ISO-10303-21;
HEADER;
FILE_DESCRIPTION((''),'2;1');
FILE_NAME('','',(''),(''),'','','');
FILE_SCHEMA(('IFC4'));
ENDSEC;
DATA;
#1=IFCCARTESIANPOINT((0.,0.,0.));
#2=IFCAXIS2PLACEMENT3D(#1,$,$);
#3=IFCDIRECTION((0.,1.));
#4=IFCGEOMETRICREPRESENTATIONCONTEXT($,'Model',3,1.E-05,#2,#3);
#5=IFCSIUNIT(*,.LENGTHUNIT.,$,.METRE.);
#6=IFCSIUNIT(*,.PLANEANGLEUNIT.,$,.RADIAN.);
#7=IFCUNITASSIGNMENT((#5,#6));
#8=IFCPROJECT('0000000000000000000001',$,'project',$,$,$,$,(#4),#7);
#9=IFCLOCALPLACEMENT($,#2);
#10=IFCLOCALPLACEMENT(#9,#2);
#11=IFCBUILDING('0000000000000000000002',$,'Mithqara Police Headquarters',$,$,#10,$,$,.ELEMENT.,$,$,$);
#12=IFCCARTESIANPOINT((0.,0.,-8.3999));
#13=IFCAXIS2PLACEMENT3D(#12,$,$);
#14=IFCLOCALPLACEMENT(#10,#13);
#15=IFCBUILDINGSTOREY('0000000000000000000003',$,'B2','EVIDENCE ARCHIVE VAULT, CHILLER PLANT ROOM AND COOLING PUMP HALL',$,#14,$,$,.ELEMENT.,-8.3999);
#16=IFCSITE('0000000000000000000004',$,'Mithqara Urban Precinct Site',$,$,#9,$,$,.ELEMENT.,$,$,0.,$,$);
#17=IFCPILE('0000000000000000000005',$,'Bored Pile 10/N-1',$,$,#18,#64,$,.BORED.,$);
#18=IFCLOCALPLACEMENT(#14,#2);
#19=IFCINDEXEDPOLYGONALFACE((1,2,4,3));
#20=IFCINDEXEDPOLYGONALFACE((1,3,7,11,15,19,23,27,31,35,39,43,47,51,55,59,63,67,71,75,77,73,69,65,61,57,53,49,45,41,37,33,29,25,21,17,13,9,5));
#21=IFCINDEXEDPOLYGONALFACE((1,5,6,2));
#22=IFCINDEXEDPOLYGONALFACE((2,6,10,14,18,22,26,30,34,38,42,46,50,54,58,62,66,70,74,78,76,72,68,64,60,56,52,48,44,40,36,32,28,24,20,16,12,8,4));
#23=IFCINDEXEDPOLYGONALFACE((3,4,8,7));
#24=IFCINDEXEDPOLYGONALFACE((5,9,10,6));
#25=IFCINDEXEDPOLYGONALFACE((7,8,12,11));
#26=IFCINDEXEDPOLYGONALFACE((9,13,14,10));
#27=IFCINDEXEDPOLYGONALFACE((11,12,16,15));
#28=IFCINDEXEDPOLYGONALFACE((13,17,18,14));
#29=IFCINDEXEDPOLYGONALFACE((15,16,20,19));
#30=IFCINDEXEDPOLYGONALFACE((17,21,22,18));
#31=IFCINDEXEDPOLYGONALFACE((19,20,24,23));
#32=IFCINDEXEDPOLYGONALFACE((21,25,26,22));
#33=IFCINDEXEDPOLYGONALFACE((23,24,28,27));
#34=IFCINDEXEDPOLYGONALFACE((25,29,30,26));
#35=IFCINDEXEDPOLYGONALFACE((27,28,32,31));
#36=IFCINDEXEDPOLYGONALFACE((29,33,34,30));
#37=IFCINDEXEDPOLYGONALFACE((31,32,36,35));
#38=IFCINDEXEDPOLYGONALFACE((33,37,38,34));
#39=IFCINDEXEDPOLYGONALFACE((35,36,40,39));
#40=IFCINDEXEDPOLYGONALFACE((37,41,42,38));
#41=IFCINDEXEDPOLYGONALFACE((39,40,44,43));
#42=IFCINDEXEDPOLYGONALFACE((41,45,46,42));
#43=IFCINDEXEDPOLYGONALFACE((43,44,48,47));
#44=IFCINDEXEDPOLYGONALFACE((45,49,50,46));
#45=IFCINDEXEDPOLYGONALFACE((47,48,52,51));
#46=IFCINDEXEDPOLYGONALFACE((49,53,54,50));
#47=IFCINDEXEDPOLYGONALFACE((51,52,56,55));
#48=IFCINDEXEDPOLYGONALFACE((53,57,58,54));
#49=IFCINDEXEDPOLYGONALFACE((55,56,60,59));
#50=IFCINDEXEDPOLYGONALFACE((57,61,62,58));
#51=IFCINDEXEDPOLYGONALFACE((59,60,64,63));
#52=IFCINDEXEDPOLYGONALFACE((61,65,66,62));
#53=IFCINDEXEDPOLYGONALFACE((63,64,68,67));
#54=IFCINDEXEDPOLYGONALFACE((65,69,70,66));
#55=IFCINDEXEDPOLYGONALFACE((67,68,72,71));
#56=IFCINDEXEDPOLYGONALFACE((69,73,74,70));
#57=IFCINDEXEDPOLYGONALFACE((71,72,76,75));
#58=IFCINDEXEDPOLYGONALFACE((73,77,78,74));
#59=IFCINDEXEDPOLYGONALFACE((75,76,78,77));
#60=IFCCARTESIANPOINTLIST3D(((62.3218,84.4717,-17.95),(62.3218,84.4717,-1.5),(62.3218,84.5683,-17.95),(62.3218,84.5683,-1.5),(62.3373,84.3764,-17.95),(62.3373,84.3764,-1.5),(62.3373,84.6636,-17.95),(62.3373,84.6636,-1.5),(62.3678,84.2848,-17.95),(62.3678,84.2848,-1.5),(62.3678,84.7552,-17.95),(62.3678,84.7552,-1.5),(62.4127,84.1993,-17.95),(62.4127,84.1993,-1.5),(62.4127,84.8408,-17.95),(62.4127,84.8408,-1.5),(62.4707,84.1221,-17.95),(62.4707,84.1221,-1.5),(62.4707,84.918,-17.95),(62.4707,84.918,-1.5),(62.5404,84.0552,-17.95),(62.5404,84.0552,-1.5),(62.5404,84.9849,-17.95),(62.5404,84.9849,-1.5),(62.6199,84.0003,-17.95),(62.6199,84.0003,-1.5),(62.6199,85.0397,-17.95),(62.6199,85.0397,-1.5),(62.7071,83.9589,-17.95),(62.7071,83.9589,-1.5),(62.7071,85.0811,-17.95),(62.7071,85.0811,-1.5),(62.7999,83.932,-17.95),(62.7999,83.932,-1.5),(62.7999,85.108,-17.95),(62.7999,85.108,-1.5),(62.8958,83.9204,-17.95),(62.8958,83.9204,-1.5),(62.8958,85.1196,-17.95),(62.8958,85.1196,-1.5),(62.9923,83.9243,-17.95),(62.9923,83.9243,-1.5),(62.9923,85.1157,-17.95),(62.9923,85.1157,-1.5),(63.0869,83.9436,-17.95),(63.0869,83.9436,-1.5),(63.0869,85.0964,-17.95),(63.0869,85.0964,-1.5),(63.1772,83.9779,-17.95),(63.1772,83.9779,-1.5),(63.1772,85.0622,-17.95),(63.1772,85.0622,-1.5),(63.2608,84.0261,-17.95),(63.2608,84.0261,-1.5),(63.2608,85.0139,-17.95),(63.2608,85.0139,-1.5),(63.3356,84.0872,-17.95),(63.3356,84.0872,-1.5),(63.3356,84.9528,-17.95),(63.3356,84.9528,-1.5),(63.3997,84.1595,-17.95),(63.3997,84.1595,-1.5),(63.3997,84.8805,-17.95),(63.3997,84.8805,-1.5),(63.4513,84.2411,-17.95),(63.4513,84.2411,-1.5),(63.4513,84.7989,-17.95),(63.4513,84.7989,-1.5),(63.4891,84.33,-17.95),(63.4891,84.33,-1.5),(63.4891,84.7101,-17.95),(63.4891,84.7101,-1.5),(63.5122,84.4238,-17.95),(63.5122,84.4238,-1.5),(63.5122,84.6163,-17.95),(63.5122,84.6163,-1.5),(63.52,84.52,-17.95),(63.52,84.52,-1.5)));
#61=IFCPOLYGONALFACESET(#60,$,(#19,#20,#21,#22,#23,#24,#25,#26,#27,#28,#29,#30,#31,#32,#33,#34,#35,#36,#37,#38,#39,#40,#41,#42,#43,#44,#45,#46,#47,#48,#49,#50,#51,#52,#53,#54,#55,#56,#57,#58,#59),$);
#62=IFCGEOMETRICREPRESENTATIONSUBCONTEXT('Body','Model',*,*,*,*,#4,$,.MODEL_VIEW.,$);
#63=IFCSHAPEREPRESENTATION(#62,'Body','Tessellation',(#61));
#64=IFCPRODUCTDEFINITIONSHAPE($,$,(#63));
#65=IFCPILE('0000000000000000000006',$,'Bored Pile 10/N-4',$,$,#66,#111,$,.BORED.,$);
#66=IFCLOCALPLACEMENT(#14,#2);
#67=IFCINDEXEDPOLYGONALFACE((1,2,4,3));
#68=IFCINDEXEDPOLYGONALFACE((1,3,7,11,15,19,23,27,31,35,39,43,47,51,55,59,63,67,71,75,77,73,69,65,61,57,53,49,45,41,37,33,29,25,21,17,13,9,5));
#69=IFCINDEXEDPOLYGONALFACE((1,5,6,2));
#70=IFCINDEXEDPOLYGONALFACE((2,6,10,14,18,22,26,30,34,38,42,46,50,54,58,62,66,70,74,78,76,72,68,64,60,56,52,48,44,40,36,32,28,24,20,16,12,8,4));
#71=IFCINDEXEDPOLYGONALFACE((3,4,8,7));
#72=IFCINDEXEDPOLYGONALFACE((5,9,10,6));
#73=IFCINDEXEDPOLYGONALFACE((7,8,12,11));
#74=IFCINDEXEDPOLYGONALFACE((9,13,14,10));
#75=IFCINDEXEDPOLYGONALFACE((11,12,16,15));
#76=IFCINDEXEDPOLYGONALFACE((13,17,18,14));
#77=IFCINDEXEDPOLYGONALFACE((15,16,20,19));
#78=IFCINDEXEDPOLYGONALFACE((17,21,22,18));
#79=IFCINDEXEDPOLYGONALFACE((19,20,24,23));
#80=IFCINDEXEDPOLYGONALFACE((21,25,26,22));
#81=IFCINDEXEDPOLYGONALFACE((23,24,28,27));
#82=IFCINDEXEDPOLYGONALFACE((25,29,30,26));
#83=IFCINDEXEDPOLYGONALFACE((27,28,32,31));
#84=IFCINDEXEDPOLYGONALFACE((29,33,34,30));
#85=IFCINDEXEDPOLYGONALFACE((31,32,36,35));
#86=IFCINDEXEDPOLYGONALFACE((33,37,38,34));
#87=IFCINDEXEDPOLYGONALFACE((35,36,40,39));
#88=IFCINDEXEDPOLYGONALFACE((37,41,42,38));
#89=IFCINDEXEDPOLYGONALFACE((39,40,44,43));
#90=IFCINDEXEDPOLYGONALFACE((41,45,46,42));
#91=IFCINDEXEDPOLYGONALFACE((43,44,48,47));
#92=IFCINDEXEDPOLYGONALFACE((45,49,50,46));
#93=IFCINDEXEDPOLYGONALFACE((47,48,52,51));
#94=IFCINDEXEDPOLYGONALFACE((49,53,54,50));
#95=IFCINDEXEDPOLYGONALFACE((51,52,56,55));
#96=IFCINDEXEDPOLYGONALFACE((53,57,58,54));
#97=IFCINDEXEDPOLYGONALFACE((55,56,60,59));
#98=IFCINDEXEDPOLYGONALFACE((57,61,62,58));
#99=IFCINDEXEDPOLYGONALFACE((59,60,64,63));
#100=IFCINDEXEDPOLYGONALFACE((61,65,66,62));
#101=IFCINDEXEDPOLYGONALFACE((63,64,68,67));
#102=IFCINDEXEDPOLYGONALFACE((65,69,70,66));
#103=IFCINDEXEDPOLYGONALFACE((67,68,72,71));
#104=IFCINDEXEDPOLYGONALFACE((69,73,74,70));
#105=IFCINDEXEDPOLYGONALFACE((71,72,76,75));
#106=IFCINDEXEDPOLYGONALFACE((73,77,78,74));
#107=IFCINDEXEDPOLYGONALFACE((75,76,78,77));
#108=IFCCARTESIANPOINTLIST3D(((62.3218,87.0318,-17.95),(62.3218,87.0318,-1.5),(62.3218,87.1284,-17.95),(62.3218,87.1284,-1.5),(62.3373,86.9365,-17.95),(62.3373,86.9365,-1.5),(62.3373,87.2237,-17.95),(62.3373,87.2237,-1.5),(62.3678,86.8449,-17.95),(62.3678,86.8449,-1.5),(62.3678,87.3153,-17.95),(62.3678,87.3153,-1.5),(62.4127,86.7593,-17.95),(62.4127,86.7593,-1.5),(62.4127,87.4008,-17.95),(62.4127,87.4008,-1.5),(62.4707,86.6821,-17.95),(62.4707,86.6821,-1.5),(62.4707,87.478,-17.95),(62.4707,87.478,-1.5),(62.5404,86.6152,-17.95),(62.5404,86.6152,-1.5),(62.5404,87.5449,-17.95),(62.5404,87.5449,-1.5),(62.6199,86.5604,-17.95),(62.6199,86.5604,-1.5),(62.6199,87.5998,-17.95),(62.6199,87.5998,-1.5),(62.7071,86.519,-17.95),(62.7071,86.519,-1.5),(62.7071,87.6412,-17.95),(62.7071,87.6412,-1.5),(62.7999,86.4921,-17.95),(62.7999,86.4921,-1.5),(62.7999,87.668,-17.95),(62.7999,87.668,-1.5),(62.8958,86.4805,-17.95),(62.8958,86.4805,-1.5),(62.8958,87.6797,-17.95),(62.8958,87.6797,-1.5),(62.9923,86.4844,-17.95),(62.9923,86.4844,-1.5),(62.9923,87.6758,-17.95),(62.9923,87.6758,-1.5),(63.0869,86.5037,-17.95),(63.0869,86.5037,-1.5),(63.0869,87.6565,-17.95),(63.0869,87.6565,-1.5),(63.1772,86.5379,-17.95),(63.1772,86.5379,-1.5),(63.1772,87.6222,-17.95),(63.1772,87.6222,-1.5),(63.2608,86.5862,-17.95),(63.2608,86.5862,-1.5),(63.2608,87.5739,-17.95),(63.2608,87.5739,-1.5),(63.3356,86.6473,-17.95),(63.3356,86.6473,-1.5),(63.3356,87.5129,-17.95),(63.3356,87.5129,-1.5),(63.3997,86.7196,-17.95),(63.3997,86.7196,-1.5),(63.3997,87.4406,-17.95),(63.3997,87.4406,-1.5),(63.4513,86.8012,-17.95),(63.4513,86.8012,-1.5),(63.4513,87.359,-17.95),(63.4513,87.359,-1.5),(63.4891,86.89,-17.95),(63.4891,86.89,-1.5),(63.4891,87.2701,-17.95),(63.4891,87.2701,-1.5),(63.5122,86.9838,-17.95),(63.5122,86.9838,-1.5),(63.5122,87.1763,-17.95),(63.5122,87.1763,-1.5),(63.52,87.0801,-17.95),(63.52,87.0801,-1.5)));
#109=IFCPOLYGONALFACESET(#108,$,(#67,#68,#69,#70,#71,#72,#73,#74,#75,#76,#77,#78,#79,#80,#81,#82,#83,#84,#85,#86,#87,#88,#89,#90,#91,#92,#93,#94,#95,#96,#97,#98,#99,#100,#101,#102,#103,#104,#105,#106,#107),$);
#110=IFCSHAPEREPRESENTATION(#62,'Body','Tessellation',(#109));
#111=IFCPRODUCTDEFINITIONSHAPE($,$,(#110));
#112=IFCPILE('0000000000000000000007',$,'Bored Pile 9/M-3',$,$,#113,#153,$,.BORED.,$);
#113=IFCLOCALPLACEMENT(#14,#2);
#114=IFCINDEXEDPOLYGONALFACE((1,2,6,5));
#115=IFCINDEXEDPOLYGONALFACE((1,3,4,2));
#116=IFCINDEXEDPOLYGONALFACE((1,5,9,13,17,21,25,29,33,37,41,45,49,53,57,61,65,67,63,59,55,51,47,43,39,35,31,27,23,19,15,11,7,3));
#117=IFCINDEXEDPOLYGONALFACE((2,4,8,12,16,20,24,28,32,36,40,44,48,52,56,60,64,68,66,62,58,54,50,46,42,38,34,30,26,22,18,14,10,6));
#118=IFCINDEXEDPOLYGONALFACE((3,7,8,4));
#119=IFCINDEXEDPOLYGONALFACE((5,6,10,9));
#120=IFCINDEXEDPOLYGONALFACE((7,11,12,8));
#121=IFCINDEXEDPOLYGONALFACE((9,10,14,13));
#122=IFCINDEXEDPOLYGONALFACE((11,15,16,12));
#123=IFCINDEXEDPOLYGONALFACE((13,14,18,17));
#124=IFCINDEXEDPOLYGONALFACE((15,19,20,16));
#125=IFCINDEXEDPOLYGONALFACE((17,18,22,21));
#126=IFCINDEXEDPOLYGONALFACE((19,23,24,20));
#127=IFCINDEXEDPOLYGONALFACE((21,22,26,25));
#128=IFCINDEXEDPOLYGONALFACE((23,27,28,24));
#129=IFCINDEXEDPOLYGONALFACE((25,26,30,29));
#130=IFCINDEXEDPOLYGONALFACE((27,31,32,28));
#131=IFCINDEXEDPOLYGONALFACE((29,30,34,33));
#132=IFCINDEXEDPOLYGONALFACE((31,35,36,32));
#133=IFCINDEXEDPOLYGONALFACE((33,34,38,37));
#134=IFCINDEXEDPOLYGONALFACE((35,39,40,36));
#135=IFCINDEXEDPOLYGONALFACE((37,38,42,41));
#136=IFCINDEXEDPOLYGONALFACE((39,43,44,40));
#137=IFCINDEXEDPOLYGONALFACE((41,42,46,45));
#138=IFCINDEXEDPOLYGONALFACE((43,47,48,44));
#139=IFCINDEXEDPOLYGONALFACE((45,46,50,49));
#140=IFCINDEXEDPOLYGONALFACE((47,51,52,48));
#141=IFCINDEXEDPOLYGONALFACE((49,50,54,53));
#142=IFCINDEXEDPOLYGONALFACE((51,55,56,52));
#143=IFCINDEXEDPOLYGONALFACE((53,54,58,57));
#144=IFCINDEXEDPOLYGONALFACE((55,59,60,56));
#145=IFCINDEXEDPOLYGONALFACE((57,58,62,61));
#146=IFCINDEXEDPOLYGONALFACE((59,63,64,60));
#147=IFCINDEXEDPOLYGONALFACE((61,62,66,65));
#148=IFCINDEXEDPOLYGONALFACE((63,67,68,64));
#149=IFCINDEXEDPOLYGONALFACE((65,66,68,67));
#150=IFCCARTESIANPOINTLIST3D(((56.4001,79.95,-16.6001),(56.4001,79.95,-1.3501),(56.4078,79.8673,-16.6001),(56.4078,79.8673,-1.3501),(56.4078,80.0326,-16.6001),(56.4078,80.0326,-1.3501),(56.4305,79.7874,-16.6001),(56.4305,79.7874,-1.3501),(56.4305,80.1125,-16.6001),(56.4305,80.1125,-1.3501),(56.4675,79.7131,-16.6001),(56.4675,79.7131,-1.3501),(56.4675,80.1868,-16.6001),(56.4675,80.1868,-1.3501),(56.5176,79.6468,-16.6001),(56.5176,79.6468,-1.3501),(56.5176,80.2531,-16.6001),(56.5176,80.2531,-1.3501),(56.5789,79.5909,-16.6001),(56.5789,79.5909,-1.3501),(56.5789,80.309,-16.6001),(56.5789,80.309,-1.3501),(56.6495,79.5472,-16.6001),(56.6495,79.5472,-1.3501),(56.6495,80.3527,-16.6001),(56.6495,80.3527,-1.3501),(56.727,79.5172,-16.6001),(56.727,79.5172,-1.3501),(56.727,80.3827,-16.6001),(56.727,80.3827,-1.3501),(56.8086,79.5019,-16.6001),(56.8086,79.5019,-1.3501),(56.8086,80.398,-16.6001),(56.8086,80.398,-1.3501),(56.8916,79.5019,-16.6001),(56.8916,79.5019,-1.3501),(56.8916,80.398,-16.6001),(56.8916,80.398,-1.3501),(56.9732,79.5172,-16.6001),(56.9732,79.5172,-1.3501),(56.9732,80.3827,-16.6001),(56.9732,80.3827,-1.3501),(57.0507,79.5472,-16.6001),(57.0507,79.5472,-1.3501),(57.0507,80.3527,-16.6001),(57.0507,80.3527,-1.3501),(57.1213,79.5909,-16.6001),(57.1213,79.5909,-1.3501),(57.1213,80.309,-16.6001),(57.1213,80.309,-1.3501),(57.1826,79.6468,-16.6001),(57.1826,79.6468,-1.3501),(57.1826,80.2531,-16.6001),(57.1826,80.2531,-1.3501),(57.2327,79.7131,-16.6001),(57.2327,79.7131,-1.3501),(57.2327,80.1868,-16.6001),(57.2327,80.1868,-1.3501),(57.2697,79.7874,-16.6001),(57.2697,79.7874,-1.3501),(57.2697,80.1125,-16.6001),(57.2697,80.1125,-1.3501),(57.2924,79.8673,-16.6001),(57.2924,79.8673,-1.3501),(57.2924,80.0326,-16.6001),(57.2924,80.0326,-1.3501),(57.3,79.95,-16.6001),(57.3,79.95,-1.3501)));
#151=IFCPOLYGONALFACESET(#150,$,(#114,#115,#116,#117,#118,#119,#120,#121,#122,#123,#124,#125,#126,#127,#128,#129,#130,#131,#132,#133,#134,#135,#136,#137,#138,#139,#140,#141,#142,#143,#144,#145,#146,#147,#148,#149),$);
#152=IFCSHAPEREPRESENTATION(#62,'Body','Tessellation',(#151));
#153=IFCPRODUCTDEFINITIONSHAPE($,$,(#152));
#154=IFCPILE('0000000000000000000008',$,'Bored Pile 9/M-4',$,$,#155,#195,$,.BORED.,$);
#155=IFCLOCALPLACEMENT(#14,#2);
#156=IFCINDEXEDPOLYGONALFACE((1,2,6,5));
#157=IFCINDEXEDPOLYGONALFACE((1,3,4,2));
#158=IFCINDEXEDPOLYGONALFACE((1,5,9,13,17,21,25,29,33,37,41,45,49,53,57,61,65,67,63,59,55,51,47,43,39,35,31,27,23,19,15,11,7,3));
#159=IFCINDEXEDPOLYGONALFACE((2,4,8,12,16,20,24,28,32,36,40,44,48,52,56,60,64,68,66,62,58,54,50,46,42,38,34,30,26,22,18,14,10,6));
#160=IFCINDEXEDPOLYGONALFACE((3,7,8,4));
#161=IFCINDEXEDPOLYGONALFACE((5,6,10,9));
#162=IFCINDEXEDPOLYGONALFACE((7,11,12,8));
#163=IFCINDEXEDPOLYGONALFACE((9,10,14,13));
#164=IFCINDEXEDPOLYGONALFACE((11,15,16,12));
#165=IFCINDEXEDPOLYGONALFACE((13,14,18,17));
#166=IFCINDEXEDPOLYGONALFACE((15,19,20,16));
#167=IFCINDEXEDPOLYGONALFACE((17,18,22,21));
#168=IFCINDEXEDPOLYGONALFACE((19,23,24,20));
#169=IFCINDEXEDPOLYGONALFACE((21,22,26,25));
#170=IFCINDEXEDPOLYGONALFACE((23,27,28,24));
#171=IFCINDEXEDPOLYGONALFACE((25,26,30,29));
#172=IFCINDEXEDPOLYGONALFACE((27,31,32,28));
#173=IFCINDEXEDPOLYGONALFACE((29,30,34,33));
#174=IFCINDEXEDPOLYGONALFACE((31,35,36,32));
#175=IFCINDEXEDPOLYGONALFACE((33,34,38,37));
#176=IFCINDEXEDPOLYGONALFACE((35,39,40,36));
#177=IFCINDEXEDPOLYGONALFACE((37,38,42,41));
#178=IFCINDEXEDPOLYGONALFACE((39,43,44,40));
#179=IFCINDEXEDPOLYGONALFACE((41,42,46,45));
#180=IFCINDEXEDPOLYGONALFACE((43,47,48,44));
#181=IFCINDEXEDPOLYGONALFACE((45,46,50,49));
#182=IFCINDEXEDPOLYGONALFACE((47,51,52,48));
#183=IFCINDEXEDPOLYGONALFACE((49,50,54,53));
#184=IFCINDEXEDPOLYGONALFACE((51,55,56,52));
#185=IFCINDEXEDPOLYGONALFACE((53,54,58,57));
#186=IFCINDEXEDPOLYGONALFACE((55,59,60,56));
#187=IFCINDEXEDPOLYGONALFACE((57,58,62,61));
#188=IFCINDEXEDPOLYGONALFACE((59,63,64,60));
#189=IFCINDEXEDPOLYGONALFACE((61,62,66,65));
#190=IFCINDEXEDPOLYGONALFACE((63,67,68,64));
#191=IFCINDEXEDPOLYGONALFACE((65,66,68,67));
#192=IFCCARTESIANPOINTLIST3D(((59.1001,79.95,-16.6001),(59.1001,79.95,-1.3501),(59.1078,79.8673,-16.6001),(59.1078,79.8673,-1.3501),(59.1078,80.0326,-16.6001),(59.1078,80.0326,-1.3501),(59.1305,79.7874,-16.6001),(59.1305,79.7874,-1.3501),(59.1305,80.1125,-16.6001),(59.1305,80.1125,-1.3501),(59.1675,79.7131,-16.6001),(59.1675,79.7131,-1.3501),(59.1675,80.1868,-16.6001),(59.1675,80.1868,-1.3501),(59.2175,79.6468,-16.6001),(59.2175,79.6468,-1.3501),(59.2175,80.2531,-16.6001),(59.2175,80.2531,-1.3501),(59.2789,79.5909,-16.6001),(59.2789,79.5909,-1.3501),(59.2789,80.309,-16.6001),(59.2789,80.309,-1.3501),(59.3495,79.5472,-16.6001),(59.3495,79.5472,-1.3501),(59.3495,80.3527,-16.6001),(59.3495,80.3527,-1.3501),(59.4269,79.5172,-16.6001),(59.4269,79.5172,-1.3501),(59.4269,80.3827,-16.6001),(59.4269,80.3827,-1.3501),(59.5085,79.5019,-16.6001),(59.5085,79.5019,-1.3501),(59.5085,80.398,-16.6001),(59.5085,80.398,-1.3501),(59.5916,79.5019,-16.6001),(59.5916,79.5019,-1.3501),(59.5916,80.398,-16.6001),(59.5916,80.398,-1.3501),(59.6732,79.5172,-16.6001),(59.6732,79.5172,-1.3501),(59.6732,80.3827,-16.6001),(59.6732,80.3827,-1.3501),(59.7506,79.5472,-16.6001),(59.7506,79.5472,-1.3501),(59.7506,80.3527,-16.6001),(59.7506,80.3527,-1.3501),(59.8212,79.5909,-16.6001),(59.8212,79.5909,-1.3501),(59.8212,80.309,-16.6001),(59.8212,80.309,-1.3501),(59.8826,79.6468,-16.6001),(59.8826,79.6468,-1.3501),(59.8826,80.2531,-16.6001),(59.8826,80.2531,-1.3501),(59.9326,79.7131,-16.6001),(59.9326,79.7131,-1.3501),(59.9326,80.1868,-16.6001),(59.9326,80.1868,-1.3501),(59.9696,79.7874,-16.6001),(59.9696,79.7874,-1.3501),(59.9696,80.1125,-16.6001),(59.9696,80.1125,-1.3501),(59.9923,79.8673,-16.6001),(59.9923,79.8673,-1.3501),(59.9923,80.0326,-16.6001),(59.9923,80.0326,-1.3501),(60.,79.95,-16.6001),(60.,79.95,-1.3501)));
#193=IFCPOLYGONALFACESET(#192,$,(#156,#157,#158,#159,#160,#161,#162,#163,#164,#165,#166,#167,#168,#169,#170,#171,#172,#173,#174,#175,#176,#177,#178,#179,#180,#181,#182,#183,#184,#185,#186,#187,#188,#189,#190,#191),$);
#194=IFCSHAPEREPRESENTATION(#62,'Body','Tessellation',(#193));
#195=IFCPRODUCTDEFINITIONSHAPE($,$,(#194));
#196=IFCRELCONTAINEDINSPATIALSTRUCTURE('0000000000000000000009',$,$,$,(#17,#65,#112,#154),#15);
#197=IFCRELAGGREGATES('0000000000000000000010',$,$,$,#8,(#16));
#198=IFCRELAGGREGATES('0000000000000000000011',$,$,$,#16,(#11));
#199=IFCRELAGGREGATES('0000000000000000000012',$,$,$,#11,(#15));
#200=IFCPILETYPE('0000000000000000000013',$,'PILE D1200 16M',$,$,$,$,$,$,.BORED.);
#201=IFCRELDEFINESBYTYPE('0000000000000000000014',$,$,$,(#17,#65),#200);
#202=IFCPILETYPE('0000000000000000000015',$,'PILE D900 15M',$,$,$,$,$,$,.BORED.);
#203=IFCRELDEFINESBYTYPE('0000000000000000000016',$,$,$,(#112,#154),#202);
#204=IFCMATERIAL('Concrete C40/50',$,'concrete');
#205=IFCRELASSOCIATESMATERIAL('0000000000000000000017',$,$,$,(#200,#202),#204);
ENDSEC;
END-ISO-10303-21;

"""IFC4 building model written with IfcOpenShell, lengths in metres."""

from ifc_helpers import new_model, si_unit, direction, frame, origin, origin_2d, place, context, subcontext, project, spatial, circle, extrude, material, material_profile, profile_set, type_object, element, save


model = new_model("IFC4")

# Units and contexts
model_context = context("Model", 3, precision=1e-05, world=origin(), true_north=direction((0.0, 1.0)))
body_context = subcontext(model_context, "Body", "Model", "MODEL_VIEW")
ifc_project = project(units=[si_unit("LENGTHUNIT", "METRE"), si_unit("PLANEANGLEUNIT", "RADIAN")], contexts=[model_context])

# Site, building, storey
site_placement = place(None, origin())
site = spatial("IfcSite", under=ifc_project, at=site_placement, Name="Mithqara Urban Precinct Site", CompositionType="ELEMENT", RefElevation=0.0)
building_placement = place(site_placement, origin())
building = spatial("IfcBuilding", under=site, at=building_placement, Name="Mithqara Police Headquarters", CompositionType="ELEMENT")
storey_placement = place(building_placement, frame((0.0, 0.0, -8.3999)))
storey = spatial("IfcBuildingStorey", under=building, at=storey_placement, Name="B2", Description="EVIDENCE ARCHIVE VAULT, CHILLER PLANT ROOM AND COOLING PUMP HALL", CompositionType="ELEMENT", Elevation=-8.3999)

# Shared definitions
ifc_material_1 = material(Name="Concrete C40/50", Category="concrete")

# Piles
ifc_material_profile_1 = material_profile(ifc_material_1, circle(Radius=0.6001, at=origin_2d()), Name="PILE D1200")
ifc_profile_set_1 = profile_set([ifc_material_profile_1], Name="Concrete C40/50")
pile_type_1 = type_object("IfcPileType", Name="PILE D1200 16M", PredefinedType="BORED", material=ifc_profile_set_1)
for number, where, z_axis, x_axis, name in (
    (1, (62.9199, 84.52, -1.5), (0.0, 0.0, -1.0), (1.0, 0.0, 0.0), "Bored Pile 10/N-1"),
    (2, (62.9199, 87.0801, -1.5), (0.0, 0.0, -1.0), (1.0, 0.0, 0.0), "Bored Pile 10/N-4"),
):
    element("IfcPile", number, at=place(storey_placement, frame(where, z_axis=z_axis, x_axis=x_axis)), inside=storey, type_object=pile_type_1, Name=name, PredefinedType="BORED", context=body_context, shape_type="SweptSolid", body=[
        extrude(circle(Radius=0.6001, at=origin_2d()), origin(), (0.0, 0.0, 1.0), 16.45),
    ])
ifc_material_profile_2 = material_profile(ifc_material_1, circle(Radius=0.45, at=origin_2d()), Name="PILE D900")
ifc_profile_set_2 = profile_set([ifc_material_profile_2], Name="Concrete C40/50")
pile_type_2 = type_object("IfcPileType", Name="PILE D900 15M", PredefinedType="BORED", material=ifc_profile_set_2)
for number, where, z_axis, x_axis, name in (
    (3, (56.8501, 79.95, -1.3501), (0.0, 0.0, -1.0), (1.0, 0.0, 0.0), "Bored Pile 9/M-3"),
    (4, (59.55, 79.95, -1.3501), (0.0, 0.0, -1.0), (1.0, 0.0, 0.0), "Bored Pile 9/M-4"),
):
    element("IfcPile", number, at=place(storey_placement, frame(where, z_axis=z_axis, x_axis=x_axis)), inside=storey, type_object=pile_type_2, Name=name, PredefinedType="BORED", context=body_context, shape_type="SweptSolid", body=[
        extrude(circle(Radius=0.45, at=origin_2d()), origin(), (0.0, 0.0, 1.0), 15.25),
    ])

save(model, "model.ifc")
